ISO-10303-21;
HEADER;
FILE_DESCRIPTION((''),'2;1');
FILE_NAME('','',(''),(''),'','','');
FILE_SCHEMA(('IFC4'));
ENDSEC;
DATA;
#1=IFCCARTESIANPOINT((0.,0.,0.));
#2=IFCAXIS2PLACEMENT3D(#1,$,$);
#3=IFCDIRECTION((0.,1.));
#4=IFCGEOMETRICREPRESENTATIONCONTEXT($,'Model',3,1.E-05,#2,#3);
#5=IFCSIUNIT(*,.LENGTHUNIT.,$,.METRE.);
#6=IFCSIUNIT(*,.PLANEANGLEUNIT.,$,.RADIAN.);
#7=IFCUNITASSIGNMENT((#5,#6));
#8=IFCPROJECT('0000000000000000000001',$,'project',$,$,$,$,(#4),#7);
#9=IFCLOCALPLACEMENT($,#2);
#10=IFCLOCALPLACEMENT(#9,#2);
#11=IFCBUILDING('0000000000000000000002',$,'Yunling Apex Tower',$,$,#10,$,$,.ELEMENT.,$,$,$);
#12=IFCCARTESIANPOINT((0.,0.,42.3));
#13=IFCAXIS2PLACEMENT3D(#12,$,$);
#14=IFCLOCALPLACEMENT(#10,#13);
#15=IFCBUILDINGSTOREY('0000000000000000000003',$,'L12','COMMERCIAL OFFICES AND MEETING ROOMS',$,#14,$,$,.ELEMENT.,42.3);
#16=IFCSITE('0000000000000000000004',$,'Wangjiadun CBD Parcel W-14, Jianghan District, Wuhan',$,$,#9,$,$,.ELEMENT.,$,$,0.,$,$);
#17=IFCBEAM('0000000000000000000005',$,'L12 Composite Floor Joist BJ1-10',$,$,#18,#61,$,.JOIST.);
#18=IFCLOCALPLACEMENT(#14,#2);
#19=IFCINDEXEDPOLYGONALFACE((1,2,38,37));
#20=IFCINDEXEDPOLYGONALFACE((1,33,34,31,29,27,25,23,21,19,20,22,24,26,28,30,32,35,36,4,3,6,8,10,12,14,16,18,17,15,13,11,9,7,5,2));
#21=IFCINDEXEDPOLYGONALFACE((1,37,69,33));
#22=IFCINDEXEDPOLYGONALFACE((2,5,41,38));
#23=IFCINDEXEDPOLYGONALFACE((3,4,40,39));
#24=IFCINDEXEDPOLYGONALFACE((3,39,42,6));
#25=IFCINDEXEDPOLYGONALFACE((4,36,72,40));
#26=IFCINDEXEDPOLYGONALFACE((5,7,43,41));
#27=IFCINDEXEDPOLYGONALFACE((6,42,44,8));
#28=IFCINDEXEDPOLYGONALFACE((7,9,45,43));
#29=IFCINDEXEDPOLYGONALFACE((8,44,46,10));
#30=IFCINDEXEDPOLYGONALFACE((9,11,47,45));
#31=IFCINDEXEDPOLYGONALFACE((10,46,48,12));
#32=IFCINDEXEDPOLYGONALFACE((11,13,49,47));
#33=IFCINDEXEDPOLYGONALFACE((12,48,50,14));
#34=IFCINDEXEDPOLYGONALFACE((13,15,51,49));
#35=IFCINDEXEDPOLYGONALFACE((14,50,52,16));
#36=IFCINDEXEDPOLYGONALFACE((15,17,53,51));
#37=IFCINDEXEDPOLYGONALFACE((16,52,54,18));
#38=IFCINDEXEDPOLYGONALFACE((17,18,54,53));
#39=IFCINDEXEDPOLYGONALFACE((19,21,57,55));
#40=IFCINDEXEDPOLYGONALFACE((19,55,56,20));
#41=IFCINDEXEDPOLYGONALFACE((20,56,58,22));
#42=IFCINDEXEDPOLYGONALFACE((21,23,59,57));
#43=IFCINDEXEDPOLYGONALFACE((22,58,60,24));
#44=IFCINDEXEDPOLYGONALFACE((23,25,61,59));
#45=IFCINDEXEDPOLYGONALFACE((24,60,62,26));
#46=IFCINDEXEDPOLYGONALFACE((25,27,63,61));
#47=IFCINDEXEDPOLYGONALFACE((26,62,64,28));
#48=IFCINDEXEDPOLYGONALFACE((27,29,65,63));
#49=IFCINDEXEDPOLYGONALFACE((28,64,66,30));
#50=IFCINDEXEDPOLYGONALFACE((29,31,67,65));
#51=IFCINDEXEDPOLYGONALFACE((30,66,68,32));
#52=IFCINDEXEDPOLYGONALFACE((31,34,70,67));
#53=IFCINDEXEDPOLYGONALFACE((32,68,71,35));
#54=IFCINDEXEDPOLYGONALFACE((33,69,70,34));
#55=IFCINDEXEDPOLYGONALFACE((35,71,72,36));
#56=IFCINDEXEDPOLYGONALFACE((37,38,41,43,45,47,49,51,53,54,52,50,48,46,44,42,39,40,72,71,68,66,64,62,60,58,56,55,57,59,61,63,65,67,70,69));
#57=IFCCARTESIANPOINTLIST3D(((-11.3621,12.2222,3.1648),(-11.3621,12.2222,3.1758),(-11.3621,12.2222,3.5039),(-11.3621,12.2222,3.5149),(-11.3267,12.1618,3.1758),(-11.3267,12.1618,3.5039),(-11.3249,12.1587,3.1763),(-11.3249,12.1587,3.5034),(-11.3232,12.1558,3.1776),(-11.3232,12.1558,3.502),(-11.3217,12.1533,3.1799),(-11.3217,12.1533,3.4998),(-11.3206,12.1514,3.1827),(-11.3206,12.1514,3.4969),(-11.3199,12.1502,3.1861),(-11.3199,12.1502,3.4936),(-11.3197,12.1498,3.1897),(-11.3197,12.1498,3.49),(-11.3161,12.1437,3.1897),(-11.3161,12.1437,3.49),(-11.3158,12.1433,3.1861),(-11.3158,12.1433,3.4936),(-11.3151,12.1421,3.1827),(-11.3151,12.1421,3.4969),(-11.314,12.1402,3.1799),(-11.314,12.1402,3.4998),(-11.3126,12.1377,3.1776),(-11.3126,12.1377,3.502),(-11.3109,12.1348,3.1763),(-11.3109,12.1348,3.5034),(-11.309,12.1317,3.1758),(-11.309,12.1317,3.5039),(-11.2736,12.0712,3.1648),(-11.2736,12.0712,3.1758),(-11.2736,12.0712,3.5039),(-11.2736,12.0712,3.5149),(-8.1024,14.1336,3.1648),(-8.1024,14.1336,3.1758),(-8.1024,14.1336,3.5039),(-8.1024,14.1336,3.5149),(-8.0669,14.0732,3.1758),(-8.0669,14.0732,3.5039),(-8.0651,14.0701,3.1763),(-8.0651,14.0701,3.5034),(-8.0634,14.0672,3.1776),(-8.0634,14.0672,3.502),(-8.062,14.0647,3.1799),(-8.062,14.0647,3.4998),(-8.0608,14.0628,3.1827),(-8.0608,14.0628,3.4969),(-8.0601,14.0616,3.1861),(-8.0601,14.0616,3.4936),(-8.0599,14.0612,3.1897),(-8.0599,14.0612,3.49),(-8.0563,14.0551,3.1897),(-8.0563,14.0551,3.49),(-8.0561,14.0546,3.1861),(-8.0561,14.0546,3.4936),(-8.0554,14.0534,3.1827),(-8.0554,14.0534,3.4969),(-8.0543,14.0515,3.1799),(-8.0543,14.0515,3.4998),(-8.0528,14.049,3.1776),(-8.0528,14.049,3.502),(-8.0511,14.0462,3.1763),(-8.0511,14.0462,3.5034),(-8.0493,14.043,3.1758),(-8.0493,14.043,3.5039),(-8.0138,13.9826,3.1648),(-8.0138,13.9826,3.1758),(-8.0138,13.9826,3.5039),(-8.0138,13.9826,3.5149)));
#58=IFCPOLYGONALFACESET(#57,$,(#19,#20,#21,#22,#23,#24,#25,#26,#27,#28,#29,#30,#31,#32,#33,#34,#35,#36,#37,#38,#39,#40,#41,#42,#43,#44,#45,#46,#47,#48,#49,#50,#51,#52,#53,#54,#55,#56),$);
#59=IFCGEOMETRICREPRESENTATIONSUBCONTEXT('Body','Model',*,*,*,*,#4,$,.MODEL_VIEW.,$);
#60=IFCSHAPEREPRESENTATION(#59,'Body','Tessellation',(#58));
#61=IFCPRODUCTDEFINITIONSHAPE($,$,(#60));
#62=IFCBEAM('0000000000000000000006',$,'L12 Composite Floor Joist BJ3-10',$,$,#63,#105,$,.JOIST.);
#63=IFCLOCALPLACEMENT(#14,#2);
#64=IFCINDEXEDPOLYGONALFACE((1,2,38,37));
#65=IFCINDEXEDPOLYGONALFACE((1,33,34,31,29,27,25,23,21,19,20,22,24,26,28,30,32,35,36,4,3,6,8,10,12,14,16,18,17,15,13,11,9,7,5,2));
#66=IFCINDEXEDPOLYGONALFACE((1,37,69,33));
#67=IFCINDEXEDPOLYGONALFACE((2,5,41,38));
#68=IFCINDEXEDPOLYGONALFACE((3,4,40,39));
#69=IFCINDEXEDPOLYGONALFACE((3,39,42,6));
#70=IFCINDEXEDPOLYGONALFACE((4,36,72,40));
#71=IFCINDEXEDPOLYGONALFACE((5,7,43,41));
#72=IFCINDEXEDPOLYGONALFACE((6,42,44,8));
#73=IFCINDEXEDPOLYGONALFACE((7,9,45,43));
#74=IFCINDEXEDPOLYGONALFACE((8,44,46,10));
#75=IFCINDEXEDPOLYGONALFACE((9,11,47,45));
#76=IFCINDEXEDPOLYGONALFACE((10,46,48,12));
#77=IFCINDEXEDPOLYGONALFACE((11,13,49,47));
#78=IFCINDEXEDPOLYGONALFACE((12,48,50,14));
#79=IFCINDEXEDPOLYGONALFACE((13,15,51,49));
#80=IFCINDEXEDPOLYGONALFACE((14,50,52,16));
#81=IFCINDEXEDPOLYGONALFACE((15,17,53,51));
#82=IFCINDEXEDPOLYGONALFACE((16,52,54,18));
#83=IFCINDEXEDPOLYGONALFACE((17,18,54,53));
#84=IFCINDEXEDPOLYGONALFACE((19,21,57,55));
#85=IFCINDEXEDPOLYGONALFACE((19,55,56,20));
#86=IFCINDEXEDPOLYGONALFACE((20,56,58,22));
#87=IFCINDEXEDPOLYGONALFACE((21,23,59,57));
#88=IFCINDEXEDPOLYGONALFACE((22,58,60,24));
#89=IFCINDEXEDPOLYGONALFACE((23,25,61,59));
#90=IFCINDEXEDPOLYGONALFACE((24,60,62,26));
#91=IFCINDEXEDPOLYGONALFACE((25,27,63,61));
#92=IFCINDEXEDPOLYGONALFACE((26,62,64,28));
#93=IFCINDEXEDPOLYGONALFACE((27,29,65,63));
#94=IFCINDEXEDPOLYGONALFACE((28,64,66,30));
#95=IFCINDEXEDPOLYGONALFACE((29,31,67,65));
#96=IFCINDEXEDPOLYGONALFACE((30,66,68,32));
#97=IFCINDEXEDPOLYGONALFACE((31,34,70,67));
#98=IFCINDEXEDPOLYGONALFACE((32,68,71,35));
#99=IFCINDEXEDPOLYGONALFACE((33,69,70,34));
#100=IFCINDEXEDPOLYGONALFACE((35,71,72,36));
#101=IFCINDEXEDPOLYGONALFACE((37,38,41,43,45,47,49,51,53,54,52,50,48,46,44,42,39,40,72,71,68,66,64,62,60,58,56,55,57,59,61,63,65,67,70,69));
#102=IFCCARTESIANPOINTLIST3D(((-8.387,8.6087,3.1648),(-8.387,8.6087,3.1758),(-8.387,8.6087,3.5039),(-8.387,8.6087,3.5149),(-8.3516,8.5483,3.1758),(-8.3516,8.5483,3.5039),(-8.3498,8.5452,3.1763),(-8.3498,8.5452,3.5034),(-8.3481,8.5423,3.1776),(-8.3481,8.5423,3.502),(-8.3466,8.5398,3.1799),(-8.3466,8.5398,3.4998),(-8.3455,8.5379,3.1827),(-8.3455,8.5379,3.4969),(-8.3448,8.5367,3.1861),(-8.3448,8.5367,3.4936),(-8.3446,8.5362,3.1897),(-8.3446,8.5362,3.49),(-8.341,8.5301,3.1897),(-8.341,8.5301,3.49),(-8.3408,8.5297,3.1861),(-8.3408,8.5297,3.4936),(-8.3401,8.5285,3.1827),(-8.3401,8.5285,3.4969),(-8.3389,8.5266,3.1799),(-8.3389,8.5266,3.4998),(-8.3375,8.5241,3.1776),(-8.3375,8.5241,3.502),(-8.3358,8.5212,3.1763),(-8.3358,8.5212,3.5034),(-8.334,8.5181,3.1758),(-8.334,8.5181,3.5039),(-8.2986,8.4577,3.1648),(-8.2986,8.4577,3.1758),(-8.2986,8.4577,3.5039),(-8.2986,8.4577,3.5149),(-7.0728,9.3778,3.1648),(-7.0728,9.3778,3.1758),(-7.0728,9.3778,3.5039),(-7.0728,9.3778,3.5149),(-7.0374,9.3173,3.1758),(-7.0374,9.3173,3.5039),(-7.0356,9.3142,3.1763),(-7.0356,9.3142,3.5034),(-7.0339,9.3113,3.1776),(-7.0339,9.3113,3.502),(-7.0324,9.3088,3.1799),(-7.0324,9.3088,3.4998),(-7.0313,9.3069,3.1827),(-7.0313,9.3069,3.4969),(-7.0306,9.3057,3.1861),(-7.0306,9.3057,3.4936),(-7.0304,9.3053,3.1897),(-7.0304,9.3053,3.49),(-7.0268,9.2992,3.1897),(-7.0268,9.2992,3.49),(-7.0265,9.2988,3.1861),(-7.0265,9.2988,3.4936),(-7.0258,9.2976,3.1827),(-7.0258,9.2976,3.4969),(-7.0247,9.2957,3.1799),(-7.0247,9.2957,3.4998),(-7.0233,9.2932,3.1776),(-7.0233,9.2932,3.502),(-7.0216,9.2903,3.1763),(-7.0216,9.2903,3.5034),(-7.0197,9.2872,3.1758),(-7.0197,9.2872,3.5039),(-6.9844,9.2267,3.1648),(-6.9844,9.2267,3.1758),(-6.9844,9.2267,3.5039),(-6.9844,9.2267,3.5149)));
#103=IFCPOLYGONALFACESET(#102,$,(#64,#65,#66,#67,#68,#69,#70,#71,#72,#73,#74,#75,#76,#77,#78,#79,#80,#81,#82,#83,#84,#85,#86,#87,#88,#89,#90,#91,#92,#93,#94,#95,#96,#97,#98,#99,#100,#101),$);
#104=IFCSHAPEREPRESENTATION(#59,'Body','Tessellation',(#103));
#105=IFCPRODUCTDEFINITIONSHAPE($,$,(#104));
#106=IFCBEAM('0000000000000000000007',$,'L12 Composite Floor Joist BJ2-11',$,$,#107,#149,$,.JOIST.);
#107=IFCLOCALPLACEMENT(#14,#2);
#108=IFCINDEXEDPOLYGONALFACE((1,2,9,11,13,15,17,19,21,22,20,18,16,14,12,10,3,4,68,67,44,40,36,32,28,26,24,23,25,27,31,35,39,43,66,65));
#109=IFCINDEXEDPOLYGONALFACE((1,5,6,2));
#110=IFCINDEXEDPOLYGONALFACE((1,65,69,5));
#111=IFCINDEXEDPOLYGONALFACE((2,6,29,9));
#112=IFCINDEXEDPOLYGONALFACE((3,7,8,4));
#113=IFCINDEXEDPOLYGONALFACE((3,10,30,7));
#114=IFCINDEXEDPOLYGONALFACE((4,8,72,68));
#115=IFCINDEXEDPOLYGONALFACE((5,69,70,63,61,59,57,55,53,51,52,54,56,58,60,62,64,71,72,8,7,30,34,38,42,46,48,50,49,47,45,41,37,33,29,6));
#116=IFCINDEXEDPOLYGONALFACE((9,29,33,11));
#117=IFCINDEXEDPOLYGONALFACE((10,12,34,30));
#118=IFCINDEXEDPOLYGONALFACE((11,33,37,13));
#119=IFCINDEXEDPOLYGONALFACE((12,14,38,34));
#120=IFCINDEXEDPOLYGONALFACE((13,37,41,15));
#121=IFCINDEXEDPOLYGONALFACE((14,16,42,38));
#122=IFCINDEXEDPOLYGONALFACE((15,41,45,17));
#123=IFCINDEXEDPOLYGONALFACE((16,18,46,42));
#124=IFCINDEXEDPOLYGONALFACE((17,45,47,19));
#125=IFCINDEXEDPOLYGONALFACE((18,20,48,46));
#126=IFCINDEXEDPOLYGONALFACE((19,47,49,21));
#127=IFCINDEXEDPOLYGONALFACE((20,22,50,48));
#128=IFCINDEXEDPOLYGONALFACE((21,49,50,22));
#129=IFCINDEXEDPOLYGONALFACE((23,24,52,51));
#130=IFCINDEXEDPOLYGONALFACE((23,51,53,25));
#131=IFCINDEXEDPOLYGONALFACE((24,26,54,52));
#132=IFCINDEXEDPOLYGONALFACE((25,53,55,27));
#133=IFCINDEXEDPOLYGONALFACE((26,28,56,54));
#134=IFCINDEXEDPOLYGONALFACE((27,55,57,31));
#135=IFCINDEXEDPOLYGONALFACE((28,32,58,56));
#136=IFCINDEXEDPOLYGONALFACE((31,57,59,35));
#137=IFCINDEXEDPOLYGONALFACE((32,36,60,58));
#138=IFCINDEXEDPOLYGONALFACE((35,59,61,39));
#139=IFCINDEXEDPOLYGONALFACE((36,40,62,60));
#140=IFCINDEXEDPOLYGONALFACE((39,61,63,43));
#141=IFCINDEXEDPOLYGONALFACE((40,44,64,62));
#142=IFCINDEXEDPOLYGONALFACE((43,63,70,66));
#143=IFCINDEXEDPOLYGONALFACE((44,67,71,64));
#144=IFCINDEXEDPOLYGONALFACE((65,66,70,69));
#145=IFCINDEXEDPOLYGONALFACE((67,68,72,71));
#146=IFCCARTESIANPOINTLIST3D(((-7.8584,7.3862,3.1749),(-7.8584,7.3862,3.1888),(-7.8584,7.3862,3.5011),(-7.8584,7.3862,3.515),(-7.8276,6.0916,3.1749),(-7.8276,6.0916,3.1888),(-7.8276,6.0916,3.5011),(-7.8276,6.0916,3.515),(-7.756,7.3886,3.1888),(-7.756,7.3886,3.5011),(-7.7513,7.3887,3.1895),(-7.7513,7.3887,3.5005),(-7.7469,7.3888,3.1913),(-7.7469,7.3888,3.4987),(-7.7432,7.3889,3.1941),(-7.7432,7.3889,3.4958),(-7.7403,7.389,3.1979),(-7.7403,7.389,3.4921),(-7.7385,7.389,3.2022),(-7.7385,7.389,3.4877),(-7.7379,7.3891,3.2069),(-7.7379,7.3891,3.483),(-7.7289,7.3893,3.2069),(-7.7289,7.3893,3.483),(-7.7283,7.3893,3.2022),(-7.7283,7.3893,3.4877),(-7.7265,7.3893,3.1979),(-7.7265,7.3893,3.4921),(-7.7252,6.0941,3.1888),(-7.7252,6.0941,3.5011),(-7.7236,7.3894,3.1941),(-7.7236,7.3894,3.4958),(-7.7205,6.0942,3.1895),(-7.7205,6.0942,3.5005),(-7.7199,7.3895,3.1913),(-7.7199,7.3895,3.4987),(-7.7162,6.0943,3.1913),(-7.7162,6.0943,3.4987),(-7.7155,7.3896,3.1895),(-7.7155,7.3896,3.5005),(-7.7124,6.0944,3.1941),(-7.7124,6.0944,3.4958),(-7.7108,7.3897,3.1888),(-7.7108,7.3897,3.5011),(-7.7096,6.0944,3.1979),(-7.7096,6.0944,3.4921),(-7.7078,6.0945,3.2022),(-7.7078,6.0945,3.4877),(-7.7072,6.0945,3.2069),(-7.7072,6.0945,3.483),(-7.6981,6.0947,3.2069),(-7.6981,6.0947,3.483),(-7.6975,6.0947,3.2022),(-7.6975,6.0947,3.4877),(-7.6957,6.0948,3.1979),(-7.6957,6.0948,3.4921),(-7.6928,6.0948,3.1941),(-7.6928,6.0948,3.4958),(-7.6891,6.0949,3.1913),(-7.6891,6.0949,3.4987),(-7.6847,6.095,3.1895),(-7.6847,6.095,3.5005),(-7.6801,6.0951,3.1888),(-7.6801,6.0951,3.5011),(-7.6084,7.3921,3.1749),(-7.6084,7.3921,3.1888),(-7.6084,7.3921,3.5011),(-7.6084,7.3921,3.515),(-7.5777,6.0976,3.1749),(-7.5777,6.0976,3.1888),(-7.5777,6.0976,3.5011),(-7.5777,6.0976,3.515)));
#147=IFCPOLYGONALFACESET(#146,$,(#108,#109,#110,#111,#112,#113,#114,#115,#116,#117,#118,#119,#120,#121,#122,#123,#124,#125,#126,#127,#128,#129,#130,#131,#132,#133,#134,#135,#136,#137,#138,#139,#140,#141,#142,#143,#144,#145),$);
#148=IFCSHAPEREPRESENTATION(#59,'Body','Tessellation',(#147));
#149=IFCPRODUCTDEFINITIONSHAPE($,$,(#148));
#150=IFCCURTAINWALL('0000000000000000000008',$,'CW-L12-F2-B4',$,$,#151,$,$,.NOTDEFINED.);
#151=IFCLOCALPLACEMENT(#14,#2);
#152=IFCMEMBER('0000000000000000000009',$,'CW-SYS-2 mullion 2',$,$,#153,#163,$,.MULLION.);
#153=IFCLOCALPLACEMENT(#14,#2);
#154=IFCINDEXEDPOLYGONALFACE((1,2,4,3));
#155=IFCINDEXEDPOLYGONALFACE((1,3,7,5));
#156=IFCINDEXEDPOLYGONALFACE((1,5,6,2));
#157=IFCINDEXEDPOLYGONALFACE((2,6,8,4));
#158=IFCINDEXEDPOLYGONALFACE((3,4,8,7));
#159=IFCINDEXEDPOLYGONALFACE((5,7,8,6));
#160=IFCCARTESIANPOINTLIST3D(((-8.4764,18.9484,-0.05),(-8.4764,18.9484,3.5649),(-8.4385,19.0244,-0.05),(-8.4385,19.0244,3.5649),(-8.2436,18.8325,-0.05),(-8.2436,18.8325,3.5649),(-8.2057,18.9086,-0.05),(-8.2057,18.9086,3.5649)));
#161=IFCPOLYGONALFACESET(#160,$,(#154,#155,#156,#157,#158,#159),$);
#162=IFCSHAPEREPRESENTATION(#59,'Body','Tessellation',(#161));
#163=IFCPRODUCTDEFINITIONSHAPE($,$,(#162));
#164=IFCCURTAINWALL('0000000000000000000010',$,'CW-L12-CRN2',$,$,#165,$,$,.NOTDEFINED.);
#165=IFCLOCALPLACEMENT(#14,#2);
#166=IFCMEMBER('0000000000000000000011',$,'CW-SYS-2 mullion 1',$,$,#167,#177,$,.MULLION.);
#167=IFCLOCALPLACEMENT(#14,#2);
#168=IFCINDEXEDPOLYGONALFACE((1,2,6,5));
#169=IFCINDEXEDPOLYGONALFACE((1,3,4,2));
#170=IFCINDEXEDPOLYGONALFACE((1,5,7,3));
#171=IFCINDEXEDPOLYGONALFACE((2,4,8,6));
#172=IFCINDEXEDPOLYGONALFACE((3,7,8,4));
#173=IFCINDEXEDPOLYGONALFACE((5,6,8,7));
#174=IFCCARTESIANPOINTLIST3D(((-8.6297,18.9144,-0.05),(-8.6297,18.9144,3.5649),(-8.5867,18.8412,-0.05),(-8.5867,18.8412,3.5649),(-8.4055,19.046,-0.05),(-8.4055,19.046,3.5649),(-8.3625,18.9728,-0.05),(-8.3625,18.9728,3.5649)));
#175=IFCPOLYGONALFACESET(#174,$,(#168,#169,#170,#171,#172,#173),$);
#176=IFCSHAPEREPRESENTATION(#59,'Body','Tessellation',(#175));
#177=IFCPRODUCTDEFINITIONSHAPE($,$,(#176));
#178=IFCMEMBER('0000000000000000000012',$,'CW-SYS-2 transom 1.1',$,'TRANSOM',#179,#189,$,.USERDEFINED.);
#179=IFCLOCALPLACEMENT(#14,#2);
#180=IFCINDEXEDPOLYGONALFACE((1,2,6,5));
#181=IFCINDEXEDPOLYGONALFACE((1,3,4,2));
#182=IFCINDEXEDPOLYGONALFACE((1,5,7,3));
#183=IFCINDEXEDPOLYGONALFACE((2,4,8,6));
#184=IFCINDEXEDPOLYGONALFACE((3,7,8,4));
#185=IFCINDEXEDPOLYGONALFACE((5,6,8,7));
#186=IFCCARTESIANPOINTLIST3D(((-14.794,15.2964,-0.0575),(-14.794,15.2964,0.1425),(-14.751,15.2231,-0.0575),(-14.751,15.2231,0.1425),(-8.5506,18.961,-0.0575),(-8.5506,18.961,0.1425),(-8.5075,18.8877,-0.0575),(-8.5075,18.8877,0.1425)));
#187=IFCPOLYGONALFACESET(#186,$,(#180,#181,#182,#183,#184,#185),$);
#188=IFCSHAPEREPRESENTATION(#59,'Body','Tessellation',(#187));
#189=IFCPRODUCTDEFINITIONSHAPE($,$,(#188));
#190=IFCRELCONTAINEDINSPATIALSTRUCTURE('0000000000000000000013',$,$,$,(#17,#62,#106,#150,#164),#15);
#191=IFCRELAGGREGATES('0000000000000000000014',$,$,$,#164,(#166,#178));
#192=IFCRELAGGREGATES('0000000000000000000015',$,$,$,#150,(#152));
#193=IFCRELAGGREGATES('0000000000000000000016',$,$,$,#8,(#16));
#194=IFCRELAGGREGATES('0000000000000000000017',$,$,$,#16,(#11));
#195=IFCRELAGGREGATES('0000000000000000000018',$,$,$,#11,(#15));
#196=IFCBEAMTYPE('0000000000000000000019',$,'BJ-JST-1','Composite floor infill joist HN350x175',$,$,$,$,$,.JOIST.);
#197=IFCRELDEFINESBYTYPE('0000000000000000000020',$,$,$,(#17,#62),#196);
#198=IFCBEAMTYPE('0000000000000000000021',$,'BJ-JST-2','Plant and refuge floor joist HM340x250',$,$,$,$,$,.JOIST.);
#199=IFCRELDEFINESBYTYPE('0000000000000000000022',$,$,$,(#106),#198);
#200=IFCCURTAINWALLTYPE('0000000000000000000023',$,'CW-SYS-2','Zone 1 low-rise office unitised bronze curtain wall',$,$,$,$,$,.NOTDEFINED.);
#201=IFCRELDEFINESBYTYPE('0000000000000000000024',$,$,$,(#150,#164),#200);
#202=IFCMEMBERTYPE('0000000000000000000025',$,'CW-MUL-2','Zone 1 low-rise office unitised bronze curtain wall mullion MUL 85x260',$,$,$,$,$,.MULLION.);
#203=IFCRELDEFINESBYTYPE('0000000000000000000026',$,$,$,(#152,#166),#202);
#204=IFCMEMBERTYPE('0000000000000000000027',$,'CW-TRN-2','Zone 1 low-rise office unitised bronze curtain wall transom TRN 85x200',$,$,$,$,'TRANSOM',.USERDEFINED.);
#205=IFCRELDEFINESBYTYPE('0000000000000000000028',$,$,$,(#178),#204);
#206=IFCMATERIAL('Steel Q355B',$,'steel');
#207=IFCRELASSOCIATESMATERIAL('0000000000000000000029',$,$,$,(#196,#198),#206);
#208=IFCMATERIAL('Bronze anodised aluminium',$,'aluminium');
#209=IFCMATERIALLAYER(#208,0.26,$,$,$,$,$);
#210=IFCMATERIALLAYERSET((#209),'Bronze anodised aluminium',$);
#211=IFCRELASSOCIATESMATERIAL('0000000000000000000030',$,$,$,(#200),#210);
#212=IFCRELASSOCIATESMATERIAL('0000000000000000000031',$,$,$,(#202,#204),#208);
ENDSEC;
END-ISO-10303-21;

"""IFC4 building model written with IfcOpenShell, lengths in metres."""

from ifc_helpers import new_model, si_unit, direction, frame, origin, origin_2d, place, context, subcontext, project, spatial, rectangle, i_section, extrude, source, transform, mapped, material, layer, layer_set, material_profile, profile_set, type_object, element, aggregate, save


model = new_model("IFC4")

# Units and contexts
model_context = context("Model", 3, precision=1e-05, world=origin(), true_north=direction((0.0, 1.0)))
body_context = subcontext(model_context, "Body", "Model", "MODEL_VIEW")
ifc_project = project(units=[si_unit("LENGTHUNIT", "METRE"), si_unit("PLANEANGLEUNIT", "RADIAN")], contexts=[model_context])

# Site, building, storey
site_placement = place(None, origin())
site = spatial("IfcSite", under=ifc_project, at=site_placement, Name="Wangjiadun CBD Parcel W-14, Jianghan District, Wuhan", CompositionType="ELEMENT", RefElevation=0.0)
building_placement = place(site_placement, origin())
building = spatial("IfcBuilding", under=site, at=building_placement, Name="Yunling Apex Tower", CompositionType="ELEMENT")
storey_placement = place(building_placement, frame((0.0, 0.0, 42.3)))
storey = spatial("IfcBuildingStorey", under=building, at=storey_placement, Name="L12", Description="COMMERCIAL OFFICES AND MEETING ROOMS", CompositionType="ELEMENT", Elevation=42.3)

# Beams
ifc_material_1 = material(Name="Steel Q355B", Category="steel")
ifc_material_profile_1 = material_profile(ifc_material_1, i_section(OverallWidth=0.175, OverallDepth=0.3501, WebThickness=0.0071, FlangeThickness=0.011, FilletRadius=0.0139, at=origin_2d()))
ifc_profile_set_1 = profile_set([ifc_material_profile_1], Name="Steel Q355B")
beam_type_1 = type_object("IfcBeamType", Name="BJ-JST-1", Description="Composite floor infill joist HN350x175", PredefinedType="JOIST", material=ifc_profile_set_1)
ifc_material_profile_2 = material_profile(ifc_material_1, i_section(OverallWidth=0.25, OverallDepth=0.3401, WebThickness=0.009, FlangeThickness=0.0139, FilletRadius=0.0181, at=origin_2d()))
ifc_profile_set_2 = profile_set([ifc_material_profile_2], Name="Steel Q355B")
beam_type_2 = type_object("IfcBeamType", Name="BJ-JST-2", Description="Plant and refuge floor joist HM340x250", PredefinedType="JOIST", material=ifc_profile_set_2)
shared_shape_1 = source(origin(), body_context, "Body", "SweptSolid", [
    extrude(i_section(OverallWidth=0.175, OverallDepth=0.3501, WebThickness=0.0071, FlangeThickness=0.011, FilletRadius=0.0139, at=origin_2d()), origin(), (0.0, 0.0, 1.0), 3.7788),
])
beam_1_placement = place(storey_placement, frame((-8.0581, 14.0581, 3.3398), z_axis=(-0.862643, -0.505814, 0.0), x_axis=(0.505814, -0.862643, 0.0)))
element("IfcBeam", 1, at=beam_1_placement, inside=storey, type_object=beam_type_1, Name="L12 Composite Floor Joist BJ1-10", PredefinedType="JOIST", context=body_context, shape_type="MappedRepresentation", body=[
    mapped(shared_shape_1, transform((0.0, 0.0, 0.0), scale=1.0)),
])
shared_shape_2 = source(origin(), body_context, "Body", "SweptSolid", [
    extrude(i_section(OverallWidth=0.175, OverallDepth=0.3501, WebThickness=0.0071, FlangeThickness=0.011, FilletRadius=0.0139, at=origin_2d()), origin(), (0.0, 0.0, 1.0), 1.5227),
])
beam_2_placement = place(storey_placement, frame((-7.0286, 9.3022, 3.3398), z_axis=(-0.863086, -0.505057, 0.0), x_axis=(0.505057, -0.863086, 0.0)))
element("IfcBeam", 2, at=beam_2_placement, inside=storey, type_object=beam_type_1, Name="L12 Composite Floor Joist BJ3-10", PredefinedType="JOIST", context=body_context, shape_type="MappedRepresentation", body=[
    mapped(shared_shape_2, transform((0.0, 0.0, 0.0), scale=1.0)),
])
shared_shape_3 = source(origin(), body_context, "Body", "SweptSolid", [
    extrude(i_section(OverallWidth=0.25, OverallDepth=0.3401, WebThickness=0.009, FlangeThickness=0.0139, FilletRadius=0.0181, at=origin_2d()), origin(), (0.0, 0.0, 1.0), 1.2949),
])
beam_3_placement = place(storey_placement, frame((-7.7334, 7.3892, 3.345), z_axis=(0.023753, -0.999718, 0.0), x_axis=(0.999718, 0.023753, 0.0)))
element("IfcBeam", 3, at=beam_3_placement, inside=storey, type_object=beam_type_2, Name="L12 Composite Floor Joist BJ2-11", PredefinedType="JOIST", context=body_context, shape_type="MappedRepresentation", body=[
    mapped(shared_shape_3, transform((0.0, 0.0, 0.0), scale=1.0)),
])

# Curtain wall, member
ifc_material_2 = material(Name="Bronze anodised aluminium", Category="aluminium")
ifc_layer_1 = layer(ifc_material_2, 0.26)
ifc_layer_set_1 = layer_set([ifc_layer_1], Name="Bronze anodised aluminium")
curtain_wall_type = type_object("IfcCurtainWallType", Name="CW-SYS-2", Description="Zone 1 low-rise office unitised bronze curtain wall", PredefinedType="NOTDEFINED", material=ifc_layer_set_1)
curtain_wall_1_placement = place(storey_placement, origin())
curtain_wall_1 = element("IfcCurtainWall", 4, at=curtain_wall_1_placement, inside=storey, type_object=curtain_wall_type, Name="CW-L12-F2-B4", PredefinedType="NOTDEFINED")
ifc_material_profile_3 = material_profile(ifc_material_2, rectangle(XDim=0.085, YDim=0.26, at=origin_2d()))
ifc_profile_set_3 = profile_set([ifc_material_profile_3], Name="Bronze anodised aluminium")
member_type_1 = type_object("IfcMemberType", Name="CW-MUL-2", Description="Zone 1 low-rise office unitised bronze curtain wall mullion MUL 85x260", PredefinedType="MULLION", material=ifc_profile_set_3)
shared_shape_4 = source(origin(), body_context, "Body", "SweptSolid", [
    extrude(rectangle(XDim=0.085, YDim=0.26, at=origin_2d()), origin(), (0.0, 0.0, 1.0), 3.615),
])
member_1_placement = place(storey_placement, frame((-8.3411, 18.9285, -0.05), z_axis=(0.0, 0.0, 1.0), x_axis=(-0.445571, -0.895247, 0.0)))
member_1 = element("IfcMember", 5, at=member_1_placement, type_object=member_type_1, Name="CW-SYS-2 mullion 2", PredefinedType="MULLION", context=body_context, shape_type="MappedRepresentation", body=[
    mapped(shared_shape_4, transform((0.0, 0.0, 0.0), scale=1.0)),
])

# Curtain wall, members
curtain_wall_2_placement = place(storey_placement, origin())
curtain_wall_2 = element("IfcCurtainWall", 6, at=curtain_wall_2_placement, inside=storey, type_object=curtain_wall_type, Name="CW-L12-CRN2", PredefinedType="NOTDEFINED")
member_2_placement = place(storey_placement, frame((-8.4961, 18.9436, -0.05), z_axis=(0.0, 0.0, 1.0), x_axis=(0.506196, -0.862419, 0.0)))
member_2 = element("IfcMember", 7, at=member_2_placement, type_object=member_type_1, Name="CW-SYS-2 mullion 1", PredefinedType="MULLION", context=body_context, shape_type="MappedRepresentation", body=[
    mapped(shared_shape_4, transform((0.0, 0.0, 0.0), scale=1.0)),
])
ifc_material_profile_4 = material_profile(ifc_material_2, rectangle(XDim=0.085, YDim=0.2, at=origin_2d()))
ifc_profile_set_4 = profile_set([ifc_material_profile_4], Name="Bronze anodised aluminium")
member_type_2 = type_object("IfcMemberType", Name="CW-TRN-2", Description="Zone 1 low-rise office unitised bronze curtain wall transom TRN 85x200", ElementType="TRANSOM", PredefinedType="USERDEFINED", material=ifc_profile_set_4)
shared_shape_5 = source(origin(), body_context, "Body", "SweptSolid", [
    extrude(rectangle(XDim=0.085, YDim=0.2, at=origin_2d()), origin(), (0.0, 0.0, 1.0), 7.2395),
])
member_3_placement = place(storey_placement, frame((-8.5291, 18.9243, 0.0425), z_axis=(-0.862419, -0.506195, 0.0), x_axis=(0.506195, -0.862419, 0.0)))
member_3 = element("IfcMember", 8, at=member_3_placement, type_object=member_type_2, Name="CW-SYS-2 transom 1.1", ObjectType="TRANSOM", PredefinedType="USERDEFINED", context=body_context, shape_type="MappedRepresentation", body=[
    mapped(shared_shape_5, transform((0.0, 0.0, 0.0), scale=1.0)),
])
aggregate(curtain_wall_2, [member_2, member_3])

aggregate(curtain_wall_1, [member_1])

save(model, "model.ifc")
